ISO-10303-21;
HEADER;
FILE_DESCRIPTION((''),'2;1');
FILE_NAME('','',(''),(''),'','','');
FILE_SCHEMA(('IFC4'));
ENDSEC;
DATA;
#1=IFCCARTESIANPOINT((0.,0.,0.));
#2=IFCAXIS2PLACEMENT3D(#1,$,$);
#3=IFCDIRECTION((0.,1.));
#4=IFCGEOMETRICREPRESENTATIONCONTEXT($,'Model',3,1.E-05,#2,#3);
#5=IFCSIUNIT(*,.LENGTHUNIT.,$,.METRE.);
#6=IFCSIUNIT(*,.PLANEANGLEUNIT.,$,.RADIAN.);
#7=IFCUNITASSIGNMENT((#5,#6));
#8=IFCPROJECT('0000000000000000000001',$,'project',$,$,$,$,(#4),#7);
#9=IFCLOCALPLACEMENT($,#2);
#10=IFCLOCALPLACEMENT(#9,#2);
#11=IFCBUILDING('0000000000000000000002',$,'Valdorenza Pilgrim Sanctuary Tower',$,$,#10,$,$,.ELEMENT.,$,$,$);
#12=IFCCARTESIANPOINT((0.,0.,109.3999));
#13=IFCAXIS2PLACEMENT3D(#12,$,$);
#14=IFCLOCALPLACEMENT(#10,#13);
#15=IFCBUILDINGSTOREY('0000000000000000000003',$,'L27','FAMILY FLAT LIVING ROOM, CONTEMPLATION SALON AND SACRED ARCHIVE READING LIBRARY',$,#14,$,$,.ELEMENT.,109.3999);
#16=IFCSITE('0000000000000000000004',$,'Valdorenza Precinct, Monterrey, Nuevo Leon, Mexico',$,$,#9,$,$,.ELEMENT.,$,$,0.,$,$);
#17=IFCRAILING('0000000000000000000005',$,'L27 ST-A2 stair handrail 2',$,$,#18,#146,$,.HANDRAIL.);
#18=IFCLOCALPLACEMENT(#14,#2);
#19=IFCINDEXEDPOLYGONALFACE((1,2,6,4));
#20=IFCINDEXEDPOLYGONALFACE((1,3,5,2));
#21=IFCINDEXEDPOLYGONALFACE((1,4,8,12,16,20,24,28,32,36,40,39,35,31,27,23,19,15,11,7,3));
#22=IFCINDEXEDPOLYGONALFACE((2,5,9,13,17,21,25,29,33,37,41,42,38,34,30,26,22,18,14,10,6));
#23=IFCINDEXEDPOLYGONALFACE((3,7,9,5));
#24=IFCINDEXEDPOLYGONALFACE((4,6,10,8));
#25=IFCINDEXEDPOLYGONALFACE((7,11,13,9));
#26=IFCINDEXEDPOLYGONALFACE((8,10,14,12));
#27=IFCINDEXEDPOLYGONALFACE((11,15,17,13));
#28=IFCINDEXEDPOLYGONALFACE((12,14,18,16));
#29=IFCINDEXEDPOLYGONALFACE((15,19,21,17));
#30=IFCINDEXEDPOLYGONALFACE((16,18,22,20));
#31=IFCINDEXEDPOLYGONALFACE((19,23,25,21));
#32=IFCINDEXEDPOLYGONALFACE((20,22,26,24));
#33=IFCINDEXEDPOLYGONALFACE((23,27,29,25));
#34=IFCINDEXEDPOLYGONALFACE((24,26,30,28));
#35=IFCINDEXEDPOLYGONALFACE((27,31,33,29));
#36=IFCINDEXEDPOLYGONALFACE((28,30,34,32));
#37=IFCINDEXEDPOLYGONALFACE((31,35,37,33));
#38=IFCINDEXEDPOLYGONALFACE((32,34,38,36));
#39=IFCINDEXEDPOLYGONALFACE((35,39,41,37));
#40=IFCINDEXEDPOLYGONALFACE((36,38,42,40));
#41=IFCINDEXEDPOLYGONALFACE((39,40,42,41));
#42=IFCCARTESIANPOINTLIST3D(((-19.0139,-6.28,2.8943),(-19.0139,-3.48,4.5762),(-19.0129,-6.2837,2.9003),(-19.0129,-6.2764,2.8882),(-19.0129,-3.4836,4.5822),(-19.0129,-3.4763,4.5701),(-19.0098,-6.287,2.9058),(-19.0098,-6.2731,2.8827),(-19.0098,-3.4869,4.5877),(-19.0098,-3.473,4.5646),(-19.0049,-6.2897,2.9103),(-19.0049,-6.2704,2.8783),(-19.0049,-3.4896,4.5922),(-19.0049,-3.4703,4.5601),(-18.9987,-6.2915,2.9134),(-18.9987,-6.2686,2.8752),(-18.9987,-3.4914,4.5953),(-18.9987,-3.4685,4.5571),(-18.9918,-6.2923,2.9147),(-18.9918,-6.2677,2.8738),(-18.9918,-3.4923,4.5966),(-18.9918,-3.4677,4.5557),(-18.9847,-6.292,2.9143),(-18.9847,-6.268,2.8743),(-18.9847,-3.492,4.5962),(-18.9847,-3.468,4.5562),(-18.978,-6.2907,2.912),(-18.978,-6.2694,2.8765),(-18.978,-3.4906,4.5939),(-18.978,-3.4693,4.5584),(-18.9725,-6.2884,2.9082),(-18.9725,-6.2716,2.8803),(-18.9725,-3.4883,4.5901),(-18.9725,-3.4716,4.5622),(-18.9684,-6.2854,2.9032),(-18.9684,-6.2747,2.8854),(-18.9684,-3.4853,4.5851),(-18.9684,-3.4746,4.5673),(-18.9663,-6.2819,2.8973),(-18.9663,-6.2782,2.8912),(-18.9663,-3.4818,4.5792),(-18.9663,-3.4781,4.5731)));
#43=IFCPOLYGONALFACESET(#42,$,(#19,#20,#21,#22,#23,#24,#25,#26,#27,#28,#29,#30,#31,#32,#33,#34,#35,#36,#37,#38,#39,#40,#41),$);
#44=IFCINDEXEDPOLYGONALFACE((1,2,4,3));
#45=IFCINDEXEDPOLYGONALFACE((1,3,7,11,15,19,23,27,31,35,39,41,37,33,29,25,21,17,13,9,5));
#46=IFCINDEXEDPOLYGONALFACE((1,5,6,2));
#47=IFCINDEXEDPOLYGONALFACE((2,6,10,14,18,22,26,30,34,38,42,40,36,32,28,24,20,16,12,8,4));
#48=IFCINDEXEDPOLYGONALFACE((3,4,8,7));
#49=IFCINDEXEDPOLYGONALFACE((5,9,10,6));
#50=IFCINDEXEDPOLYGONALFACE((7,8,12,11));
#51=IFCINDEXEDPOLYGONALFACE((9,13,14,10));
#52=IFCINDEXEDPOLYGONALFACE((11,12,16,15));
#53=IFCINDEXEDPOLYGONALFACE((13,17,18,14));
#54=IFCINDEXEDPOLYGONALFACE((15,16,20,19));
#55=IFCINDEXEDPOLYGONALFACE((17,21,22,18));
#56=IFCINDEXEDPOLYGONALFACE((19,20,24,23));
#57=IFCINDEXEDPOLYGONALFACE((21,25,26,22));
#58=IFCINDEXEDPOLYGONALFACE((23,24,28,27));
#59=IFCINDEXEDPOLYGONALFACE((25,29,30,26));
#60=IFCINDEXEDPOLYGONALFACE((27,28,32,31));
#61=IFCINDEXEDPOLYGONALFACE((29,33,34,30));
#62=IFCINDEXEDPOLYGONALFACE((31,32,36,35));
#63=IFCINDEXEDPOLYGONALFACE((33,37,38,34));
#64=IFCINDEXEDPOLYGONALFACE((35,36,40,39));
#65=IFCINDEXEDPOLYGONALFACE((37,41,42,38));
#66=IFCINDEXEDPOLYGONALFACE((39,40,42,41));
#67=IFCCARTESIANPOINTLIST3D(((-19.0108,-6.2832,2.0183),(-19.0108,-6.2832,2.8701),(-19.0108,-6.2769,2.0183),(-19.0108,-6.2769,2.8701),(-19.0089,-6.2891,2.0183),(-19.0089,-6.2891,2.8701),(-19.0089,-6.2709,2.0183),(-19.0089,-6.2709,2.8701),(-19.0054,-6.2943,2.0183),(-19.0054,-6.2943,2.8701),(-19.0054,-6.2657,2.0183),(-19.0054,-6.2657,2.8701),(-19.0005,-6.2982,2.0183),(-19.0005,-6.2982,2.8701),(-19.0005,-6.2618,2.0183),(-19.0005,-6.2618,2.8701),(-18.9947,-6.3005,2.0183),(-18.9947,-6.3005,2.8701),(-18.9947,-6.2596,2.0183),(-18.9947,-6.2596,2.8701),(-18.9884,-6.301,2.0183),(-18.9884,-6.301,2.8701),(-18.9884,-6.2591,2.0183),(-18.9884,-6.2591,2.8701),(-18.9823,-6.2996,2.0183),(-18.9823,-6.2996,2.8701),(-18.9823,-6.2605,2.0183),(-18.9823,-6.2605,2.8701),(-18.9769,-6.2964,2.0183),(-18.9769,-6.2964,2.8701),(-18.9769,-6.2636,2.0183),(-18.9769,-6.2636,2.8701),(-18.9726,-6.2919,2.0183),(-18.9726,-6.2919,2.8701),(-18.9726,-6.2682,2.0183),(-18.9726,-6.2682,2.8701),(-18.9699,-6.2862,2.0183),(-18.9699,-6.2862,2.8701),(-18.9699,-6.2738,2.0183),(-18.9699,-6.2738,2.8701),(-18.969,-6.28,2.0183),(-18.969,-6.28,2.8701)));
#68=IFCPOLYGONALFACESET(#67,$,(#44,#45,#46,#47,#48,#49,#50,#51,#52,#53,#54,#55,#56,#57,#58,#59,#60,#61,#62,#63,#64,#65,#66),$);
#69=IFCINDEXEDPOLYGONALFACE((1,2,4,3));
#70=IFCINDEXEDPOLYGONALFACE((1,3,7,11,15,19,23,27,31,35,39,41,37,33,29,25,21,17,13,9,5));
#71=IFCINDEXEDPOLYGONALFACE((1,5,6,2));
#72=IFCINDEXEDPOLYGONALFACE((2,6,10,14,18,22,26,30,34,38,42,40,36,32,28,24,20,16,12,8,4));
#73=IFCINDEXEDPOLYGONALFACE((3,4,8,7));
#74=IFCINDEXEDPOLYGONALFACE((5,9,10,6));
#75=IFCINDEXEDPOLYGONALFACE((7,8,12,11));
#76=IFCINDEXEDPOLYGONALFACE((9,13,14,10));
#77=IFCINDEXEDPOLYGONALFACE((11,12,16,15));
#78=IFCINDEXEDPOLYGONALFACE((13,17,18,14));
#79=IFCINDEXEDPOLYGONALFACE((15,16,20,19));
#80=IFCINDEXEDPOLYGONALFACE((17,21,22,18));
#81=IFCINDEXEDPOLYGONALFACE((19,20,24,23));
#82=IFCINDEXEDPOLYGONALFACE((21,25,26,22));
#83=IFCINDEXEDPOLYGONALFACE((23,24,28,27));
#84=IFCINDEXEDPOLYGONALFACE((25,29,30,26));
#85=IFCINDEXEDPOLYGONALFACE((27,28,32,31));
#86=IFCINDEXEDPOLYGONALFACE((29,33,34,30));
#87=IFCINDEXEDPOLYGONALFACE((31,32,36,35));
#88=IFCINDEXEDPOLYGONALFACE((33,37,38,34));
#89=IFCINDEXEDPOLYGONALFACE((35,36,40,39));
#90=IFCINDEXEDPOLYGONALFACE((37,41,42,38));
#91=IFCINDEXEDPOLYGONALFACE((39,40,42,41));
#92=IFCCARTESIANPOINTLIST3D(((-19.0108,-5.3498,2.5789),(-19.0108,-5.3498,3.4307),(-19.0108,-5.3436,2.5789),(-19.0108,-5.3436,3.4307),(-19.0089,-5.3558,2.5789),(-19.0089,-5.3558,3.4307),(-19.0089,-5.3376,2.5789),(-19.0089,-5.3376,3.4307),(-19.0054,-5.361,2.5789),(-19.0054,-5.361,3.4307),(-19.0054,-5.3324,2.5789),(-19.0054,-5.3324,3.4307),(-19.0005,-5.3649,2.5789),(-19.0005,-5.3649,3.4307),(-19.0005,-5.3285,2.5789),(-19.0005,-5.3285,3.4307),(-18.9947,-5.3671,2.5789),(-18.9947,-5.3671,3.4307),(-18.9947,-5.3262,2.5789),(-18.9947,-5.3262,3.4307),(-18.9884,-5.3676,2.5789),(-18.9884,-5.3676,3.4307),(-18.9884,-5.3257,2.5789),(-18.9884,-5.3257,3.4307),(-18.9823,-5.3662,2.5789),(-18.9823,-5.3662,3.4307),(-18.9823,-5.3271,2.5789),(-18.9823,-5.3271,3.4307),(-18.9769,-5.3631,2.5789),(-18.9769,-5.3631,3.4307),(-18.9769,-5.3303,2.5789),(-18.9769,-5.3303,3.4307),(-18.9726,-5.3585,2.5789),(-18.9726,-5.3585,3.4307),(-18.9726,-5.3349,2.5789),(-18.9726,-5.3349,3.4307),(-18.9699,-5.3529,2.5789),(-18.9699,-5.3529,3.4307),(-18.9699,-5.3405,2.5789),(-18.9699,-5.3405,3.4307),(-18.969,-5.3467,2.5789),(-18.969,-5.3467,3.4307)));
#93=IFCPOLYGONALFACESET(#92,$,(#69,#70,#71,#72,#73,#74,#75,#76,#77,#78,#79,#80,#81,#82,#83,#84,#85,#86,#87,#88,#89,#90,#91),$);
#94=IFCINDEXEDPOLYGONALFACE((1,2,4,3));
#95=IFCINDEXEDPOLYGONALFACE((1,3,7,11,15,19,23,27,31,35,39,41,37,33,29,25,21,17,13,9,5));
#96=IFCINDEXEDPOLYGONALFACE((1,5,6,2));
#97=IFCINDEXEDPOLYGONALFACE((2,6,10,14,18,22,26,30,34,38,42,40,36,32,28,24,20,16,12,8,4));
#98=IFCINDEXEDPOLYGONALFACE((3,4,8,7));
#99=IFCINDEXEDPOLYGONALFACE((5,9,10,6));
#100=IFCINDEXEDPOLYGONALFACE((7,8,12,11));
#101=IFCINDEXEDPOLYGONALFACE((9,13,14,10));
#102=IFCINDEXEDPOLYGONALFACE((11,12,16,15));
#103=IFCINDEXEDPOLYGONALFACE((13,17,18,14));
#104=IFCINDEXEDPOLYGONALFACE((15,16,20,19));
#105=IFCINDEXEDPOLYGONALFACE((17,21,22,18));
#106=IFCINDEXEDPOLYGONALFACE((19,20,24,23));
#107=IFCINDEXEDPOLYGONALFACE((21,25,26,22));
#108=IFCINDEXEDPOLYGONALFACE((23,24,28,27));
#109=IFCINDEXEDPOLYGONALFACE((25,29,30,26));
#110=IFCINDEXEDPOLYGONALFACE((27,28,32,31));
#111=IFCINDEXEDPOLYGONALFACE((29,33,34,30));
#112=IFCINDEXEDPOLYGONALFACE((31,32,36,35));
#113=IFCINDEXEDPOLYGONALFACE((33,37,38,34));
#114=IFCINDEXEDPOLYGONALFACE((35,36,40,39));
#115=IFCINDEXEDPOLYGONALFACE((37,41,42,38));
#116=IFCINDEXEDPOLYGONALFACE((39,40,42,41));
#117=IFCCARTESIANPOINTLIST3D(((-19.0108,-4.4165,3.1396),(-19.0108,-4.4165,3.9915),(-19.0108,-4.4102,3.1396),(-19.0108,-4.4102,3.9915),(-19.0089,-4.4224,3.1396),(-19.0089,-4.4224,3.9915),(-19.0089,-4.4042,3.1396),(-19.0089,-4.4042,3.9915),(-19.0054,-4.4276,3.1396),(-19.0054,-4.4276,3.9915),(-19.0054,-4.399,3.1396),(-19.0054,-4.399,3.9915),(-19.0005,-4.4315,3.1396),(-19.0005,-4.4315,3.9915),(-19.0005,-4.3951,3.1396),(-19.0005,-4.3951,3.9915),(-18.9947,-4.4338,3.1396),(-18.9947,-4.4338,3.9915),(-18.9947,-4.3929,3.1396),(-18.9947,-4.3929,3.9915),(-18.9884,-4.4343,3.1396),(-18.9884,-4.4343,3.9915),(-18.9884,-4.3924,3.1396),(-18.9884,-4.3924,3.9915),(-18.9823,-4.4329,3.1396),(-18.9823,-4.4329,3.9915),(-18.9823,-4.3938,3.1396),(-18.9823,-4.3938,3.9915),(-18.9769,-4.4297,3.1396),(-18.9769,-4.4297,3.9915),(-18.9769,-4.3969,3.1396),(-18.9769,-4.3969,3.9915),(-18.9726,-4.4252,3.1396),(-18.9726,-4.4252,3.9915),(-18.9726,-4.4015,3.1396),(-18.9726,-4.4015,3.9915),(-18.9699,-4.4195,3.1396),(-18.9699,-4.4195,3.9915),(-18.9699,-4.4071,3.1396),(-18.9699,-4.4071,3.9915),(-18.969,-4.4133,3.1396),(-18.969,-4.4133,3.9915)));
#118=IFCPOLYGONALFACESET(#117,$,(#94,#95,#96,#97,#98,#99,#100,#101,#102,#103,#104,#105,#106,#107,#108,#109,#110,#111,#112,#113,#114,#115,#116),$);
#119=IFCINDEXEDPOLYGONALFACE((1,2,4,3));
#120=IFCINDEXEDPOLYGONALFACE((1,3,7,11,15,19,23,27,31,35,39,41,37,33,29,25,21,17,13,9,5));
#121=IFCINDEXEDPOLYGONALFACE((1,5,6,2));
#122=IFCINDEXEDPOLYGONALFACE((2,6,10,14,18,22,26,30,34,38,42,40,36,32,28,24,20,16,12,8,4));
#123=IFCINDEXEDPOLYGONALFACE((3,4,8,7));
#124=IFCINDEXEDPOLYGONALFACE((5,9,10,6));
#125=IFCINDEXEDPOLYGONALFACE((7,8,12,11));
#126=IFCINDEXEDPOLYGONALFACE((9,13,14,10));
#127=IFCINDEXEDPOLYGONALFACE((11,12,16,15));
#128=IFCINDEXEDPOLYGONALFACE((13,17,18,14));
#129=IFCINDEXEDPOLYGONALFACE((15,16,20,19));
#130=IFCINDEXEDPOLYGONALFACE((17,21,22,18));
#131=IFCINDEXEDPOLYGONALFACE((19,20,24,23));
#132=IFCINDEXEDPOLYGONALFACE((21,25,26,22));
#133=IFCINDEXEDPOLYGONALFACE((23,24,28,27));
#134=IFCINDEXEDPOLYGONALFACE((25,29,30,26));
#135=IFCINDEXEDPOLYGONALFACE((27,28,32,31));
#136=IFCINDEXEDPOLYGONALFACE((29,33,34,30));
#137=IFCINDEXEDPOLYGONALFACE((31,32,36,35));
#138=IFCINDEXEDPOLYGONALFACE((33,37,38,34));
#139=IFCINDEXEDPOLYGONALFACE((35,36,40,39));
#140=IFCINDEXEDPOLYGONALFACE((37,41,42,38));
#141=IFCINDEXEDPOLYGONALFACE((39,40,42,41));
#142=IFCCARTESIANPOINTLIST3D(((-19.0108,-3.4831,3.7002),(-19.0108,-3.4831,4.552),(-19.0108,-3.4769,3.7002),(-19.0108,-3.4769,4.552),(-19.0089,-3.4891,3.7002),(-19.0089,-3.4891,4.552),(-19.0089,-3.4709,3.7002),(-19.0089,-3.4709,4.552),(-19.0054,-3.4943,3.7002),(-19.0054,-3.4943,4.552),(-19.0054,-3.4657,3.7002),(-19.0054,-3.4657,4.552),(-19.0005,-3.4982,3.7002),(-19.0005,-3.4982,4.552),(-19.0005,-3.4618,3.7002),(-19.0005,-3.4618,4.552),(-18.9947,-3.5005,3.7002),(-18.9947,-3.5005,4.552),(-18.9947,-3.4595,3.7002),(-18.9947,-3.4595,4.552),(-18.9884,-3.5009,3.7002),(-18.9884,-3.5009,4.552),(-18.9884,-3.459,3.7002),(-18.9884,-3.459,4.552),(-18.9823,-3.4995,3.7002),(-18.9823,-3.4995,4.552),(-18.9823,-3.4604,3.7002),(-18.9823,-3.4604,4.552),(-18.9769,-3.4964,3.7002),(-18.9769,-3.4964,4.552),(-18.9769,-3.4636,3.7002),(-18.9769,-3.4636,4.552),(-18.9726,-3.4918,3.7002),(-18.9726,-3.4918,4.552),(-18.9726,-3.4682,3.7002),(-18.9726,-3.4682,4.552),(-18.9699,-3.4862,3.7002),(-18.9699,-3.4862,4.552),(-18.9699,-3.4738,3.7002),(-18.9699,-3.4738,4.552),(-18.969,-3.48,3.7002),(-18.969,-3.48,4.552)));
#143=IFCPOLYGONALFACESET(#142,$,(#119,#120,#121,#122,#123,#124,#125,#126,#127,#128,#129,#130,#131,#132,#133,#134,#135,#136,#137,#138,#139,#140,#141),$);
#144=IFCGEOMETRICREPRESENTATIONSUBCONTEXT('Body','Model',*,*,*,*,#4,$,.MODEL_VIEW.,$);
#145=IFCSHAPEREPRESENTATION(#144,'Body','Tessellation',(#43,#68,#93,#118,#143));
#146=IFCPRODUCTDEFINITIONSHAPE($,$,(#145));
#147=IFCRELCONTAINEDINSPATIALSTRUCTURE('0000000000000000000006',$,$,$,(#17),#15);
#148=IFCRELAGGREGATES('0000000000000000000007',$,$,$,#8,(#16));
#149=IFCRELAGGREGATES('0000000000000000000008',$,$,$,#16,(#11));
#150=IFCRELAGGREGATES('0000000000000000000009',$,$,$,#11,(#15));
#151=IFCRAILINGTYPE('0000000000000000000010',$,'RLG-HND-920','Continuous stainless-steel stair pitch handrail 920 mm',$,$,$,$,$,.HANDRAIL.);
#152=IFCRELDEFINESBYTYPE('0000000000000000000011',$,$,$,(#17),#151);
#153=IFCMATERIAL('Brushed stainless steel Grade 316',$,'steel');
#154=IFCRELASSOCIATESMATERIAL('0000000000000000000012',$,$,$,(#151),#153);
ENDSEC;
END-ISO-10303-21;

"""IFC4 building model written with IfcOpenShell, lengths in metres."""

from ifc_helpers import new_model, si_unit, direction, frame, origin, origin_2d, place, context, subcontext, project, spatial, circle, extrude, material, type_object, element, save


model = new_model("IFC4")

# Units and contexts
model_context = context("Model", 3, precision=1e-05, world=origin(), true_north=direction((0.0, 1.0)))
body_context = subcontext(model_context, "Body", "Model", "MODEL_VIEW")
ifc_project = project(units=[si_unit("LENGTHUNIT", "METRE"), si_unit("PLANEANGLEUNIT", "RADIAN")], contexts=[model_context])

# Site, building, storey
site_placement = place(None, origin())
site = spatial("IfcSite", under=ifc_project, at=site_placement, Name="Valdorenza Precinct, Monterrey, Nuevo Leon, Mexico", CompositionType="ELEMENT", RefElevation=0.0)
building_placement = place(site_placement, origin())
building = spatial("IfcBuilding", under=site, at=building_placement, Name="Valdorenza Pilgrim Sanctuary Tower", CompositionType="ELEMENT")
storey_placement = place(building_placement, frame((0.0, 0.0, 109.3999)))
storey = spatial("IfcBuildingStorey", under=building, at=storey_placement, Name="L27", Description="FAMILY FLAT LIVING ROOM, CONTEMPLATION SALON AND SACRED ARCHIVE READING LIBRARY", CompositionType="ELEMENT", Elevation=109.3999)

# Shared definitions
ifc_material_1 = material(Name="Brushed stainless steel Grade 316", Category="steel")

# Railing
railing_type_1 = type_object("IfcRailingType", Name="RLG-HND-920", Description="Continuous stainless-steel stair pitch handrail 920 mm", PredefinedType="HANDRAIL", material=ifc_material_1)
railing_1_placement = place(storey_placement, frame((-18.99, -6.28, 2.0183)))
element("IfcRailing", 1, at=railing_1_placement, inside=storey, type_object=railing_type_1, Name="L27 ST-A2 stair handrail 2", PredefinedType="HANDRAIL", context=body_context, shape_type="SweptSolid", body=[
    extrude(circle(Radius=0.0239, at=origin_2d()), frame((0.0, 0.0, 0.876), z_axis=(0.0, 0.857242, 0.514913), x_axis=(-1.0, 0.0, 0.0)), (0.0, 0.0, 1.0), 3.2664),
    extrude(circle(Radius=0.021, at=origin_2d()), origin(), (0.0, 0.0, 1.0), 0.8518),
    extrude(circle(Radius=0.021, at=origin_2d()), frame((0.0, 0.9333, 0.5605)), (0.0, 0.0, 1.0), 0.8518),
    extrude(circle(Radius=0.021, at=origin_2d()), frame((0.0, 1.8667, 1.1213)), (0.0, 0.0, 1.0), 0.8518),
    extrude(circle(Radius=0.021, at=origin_2d()), frame((0.0, 2.8, 1.6819)), (0.0, 0.0, 1.0), 0.8518),
])

save(model, "model.ifc")
